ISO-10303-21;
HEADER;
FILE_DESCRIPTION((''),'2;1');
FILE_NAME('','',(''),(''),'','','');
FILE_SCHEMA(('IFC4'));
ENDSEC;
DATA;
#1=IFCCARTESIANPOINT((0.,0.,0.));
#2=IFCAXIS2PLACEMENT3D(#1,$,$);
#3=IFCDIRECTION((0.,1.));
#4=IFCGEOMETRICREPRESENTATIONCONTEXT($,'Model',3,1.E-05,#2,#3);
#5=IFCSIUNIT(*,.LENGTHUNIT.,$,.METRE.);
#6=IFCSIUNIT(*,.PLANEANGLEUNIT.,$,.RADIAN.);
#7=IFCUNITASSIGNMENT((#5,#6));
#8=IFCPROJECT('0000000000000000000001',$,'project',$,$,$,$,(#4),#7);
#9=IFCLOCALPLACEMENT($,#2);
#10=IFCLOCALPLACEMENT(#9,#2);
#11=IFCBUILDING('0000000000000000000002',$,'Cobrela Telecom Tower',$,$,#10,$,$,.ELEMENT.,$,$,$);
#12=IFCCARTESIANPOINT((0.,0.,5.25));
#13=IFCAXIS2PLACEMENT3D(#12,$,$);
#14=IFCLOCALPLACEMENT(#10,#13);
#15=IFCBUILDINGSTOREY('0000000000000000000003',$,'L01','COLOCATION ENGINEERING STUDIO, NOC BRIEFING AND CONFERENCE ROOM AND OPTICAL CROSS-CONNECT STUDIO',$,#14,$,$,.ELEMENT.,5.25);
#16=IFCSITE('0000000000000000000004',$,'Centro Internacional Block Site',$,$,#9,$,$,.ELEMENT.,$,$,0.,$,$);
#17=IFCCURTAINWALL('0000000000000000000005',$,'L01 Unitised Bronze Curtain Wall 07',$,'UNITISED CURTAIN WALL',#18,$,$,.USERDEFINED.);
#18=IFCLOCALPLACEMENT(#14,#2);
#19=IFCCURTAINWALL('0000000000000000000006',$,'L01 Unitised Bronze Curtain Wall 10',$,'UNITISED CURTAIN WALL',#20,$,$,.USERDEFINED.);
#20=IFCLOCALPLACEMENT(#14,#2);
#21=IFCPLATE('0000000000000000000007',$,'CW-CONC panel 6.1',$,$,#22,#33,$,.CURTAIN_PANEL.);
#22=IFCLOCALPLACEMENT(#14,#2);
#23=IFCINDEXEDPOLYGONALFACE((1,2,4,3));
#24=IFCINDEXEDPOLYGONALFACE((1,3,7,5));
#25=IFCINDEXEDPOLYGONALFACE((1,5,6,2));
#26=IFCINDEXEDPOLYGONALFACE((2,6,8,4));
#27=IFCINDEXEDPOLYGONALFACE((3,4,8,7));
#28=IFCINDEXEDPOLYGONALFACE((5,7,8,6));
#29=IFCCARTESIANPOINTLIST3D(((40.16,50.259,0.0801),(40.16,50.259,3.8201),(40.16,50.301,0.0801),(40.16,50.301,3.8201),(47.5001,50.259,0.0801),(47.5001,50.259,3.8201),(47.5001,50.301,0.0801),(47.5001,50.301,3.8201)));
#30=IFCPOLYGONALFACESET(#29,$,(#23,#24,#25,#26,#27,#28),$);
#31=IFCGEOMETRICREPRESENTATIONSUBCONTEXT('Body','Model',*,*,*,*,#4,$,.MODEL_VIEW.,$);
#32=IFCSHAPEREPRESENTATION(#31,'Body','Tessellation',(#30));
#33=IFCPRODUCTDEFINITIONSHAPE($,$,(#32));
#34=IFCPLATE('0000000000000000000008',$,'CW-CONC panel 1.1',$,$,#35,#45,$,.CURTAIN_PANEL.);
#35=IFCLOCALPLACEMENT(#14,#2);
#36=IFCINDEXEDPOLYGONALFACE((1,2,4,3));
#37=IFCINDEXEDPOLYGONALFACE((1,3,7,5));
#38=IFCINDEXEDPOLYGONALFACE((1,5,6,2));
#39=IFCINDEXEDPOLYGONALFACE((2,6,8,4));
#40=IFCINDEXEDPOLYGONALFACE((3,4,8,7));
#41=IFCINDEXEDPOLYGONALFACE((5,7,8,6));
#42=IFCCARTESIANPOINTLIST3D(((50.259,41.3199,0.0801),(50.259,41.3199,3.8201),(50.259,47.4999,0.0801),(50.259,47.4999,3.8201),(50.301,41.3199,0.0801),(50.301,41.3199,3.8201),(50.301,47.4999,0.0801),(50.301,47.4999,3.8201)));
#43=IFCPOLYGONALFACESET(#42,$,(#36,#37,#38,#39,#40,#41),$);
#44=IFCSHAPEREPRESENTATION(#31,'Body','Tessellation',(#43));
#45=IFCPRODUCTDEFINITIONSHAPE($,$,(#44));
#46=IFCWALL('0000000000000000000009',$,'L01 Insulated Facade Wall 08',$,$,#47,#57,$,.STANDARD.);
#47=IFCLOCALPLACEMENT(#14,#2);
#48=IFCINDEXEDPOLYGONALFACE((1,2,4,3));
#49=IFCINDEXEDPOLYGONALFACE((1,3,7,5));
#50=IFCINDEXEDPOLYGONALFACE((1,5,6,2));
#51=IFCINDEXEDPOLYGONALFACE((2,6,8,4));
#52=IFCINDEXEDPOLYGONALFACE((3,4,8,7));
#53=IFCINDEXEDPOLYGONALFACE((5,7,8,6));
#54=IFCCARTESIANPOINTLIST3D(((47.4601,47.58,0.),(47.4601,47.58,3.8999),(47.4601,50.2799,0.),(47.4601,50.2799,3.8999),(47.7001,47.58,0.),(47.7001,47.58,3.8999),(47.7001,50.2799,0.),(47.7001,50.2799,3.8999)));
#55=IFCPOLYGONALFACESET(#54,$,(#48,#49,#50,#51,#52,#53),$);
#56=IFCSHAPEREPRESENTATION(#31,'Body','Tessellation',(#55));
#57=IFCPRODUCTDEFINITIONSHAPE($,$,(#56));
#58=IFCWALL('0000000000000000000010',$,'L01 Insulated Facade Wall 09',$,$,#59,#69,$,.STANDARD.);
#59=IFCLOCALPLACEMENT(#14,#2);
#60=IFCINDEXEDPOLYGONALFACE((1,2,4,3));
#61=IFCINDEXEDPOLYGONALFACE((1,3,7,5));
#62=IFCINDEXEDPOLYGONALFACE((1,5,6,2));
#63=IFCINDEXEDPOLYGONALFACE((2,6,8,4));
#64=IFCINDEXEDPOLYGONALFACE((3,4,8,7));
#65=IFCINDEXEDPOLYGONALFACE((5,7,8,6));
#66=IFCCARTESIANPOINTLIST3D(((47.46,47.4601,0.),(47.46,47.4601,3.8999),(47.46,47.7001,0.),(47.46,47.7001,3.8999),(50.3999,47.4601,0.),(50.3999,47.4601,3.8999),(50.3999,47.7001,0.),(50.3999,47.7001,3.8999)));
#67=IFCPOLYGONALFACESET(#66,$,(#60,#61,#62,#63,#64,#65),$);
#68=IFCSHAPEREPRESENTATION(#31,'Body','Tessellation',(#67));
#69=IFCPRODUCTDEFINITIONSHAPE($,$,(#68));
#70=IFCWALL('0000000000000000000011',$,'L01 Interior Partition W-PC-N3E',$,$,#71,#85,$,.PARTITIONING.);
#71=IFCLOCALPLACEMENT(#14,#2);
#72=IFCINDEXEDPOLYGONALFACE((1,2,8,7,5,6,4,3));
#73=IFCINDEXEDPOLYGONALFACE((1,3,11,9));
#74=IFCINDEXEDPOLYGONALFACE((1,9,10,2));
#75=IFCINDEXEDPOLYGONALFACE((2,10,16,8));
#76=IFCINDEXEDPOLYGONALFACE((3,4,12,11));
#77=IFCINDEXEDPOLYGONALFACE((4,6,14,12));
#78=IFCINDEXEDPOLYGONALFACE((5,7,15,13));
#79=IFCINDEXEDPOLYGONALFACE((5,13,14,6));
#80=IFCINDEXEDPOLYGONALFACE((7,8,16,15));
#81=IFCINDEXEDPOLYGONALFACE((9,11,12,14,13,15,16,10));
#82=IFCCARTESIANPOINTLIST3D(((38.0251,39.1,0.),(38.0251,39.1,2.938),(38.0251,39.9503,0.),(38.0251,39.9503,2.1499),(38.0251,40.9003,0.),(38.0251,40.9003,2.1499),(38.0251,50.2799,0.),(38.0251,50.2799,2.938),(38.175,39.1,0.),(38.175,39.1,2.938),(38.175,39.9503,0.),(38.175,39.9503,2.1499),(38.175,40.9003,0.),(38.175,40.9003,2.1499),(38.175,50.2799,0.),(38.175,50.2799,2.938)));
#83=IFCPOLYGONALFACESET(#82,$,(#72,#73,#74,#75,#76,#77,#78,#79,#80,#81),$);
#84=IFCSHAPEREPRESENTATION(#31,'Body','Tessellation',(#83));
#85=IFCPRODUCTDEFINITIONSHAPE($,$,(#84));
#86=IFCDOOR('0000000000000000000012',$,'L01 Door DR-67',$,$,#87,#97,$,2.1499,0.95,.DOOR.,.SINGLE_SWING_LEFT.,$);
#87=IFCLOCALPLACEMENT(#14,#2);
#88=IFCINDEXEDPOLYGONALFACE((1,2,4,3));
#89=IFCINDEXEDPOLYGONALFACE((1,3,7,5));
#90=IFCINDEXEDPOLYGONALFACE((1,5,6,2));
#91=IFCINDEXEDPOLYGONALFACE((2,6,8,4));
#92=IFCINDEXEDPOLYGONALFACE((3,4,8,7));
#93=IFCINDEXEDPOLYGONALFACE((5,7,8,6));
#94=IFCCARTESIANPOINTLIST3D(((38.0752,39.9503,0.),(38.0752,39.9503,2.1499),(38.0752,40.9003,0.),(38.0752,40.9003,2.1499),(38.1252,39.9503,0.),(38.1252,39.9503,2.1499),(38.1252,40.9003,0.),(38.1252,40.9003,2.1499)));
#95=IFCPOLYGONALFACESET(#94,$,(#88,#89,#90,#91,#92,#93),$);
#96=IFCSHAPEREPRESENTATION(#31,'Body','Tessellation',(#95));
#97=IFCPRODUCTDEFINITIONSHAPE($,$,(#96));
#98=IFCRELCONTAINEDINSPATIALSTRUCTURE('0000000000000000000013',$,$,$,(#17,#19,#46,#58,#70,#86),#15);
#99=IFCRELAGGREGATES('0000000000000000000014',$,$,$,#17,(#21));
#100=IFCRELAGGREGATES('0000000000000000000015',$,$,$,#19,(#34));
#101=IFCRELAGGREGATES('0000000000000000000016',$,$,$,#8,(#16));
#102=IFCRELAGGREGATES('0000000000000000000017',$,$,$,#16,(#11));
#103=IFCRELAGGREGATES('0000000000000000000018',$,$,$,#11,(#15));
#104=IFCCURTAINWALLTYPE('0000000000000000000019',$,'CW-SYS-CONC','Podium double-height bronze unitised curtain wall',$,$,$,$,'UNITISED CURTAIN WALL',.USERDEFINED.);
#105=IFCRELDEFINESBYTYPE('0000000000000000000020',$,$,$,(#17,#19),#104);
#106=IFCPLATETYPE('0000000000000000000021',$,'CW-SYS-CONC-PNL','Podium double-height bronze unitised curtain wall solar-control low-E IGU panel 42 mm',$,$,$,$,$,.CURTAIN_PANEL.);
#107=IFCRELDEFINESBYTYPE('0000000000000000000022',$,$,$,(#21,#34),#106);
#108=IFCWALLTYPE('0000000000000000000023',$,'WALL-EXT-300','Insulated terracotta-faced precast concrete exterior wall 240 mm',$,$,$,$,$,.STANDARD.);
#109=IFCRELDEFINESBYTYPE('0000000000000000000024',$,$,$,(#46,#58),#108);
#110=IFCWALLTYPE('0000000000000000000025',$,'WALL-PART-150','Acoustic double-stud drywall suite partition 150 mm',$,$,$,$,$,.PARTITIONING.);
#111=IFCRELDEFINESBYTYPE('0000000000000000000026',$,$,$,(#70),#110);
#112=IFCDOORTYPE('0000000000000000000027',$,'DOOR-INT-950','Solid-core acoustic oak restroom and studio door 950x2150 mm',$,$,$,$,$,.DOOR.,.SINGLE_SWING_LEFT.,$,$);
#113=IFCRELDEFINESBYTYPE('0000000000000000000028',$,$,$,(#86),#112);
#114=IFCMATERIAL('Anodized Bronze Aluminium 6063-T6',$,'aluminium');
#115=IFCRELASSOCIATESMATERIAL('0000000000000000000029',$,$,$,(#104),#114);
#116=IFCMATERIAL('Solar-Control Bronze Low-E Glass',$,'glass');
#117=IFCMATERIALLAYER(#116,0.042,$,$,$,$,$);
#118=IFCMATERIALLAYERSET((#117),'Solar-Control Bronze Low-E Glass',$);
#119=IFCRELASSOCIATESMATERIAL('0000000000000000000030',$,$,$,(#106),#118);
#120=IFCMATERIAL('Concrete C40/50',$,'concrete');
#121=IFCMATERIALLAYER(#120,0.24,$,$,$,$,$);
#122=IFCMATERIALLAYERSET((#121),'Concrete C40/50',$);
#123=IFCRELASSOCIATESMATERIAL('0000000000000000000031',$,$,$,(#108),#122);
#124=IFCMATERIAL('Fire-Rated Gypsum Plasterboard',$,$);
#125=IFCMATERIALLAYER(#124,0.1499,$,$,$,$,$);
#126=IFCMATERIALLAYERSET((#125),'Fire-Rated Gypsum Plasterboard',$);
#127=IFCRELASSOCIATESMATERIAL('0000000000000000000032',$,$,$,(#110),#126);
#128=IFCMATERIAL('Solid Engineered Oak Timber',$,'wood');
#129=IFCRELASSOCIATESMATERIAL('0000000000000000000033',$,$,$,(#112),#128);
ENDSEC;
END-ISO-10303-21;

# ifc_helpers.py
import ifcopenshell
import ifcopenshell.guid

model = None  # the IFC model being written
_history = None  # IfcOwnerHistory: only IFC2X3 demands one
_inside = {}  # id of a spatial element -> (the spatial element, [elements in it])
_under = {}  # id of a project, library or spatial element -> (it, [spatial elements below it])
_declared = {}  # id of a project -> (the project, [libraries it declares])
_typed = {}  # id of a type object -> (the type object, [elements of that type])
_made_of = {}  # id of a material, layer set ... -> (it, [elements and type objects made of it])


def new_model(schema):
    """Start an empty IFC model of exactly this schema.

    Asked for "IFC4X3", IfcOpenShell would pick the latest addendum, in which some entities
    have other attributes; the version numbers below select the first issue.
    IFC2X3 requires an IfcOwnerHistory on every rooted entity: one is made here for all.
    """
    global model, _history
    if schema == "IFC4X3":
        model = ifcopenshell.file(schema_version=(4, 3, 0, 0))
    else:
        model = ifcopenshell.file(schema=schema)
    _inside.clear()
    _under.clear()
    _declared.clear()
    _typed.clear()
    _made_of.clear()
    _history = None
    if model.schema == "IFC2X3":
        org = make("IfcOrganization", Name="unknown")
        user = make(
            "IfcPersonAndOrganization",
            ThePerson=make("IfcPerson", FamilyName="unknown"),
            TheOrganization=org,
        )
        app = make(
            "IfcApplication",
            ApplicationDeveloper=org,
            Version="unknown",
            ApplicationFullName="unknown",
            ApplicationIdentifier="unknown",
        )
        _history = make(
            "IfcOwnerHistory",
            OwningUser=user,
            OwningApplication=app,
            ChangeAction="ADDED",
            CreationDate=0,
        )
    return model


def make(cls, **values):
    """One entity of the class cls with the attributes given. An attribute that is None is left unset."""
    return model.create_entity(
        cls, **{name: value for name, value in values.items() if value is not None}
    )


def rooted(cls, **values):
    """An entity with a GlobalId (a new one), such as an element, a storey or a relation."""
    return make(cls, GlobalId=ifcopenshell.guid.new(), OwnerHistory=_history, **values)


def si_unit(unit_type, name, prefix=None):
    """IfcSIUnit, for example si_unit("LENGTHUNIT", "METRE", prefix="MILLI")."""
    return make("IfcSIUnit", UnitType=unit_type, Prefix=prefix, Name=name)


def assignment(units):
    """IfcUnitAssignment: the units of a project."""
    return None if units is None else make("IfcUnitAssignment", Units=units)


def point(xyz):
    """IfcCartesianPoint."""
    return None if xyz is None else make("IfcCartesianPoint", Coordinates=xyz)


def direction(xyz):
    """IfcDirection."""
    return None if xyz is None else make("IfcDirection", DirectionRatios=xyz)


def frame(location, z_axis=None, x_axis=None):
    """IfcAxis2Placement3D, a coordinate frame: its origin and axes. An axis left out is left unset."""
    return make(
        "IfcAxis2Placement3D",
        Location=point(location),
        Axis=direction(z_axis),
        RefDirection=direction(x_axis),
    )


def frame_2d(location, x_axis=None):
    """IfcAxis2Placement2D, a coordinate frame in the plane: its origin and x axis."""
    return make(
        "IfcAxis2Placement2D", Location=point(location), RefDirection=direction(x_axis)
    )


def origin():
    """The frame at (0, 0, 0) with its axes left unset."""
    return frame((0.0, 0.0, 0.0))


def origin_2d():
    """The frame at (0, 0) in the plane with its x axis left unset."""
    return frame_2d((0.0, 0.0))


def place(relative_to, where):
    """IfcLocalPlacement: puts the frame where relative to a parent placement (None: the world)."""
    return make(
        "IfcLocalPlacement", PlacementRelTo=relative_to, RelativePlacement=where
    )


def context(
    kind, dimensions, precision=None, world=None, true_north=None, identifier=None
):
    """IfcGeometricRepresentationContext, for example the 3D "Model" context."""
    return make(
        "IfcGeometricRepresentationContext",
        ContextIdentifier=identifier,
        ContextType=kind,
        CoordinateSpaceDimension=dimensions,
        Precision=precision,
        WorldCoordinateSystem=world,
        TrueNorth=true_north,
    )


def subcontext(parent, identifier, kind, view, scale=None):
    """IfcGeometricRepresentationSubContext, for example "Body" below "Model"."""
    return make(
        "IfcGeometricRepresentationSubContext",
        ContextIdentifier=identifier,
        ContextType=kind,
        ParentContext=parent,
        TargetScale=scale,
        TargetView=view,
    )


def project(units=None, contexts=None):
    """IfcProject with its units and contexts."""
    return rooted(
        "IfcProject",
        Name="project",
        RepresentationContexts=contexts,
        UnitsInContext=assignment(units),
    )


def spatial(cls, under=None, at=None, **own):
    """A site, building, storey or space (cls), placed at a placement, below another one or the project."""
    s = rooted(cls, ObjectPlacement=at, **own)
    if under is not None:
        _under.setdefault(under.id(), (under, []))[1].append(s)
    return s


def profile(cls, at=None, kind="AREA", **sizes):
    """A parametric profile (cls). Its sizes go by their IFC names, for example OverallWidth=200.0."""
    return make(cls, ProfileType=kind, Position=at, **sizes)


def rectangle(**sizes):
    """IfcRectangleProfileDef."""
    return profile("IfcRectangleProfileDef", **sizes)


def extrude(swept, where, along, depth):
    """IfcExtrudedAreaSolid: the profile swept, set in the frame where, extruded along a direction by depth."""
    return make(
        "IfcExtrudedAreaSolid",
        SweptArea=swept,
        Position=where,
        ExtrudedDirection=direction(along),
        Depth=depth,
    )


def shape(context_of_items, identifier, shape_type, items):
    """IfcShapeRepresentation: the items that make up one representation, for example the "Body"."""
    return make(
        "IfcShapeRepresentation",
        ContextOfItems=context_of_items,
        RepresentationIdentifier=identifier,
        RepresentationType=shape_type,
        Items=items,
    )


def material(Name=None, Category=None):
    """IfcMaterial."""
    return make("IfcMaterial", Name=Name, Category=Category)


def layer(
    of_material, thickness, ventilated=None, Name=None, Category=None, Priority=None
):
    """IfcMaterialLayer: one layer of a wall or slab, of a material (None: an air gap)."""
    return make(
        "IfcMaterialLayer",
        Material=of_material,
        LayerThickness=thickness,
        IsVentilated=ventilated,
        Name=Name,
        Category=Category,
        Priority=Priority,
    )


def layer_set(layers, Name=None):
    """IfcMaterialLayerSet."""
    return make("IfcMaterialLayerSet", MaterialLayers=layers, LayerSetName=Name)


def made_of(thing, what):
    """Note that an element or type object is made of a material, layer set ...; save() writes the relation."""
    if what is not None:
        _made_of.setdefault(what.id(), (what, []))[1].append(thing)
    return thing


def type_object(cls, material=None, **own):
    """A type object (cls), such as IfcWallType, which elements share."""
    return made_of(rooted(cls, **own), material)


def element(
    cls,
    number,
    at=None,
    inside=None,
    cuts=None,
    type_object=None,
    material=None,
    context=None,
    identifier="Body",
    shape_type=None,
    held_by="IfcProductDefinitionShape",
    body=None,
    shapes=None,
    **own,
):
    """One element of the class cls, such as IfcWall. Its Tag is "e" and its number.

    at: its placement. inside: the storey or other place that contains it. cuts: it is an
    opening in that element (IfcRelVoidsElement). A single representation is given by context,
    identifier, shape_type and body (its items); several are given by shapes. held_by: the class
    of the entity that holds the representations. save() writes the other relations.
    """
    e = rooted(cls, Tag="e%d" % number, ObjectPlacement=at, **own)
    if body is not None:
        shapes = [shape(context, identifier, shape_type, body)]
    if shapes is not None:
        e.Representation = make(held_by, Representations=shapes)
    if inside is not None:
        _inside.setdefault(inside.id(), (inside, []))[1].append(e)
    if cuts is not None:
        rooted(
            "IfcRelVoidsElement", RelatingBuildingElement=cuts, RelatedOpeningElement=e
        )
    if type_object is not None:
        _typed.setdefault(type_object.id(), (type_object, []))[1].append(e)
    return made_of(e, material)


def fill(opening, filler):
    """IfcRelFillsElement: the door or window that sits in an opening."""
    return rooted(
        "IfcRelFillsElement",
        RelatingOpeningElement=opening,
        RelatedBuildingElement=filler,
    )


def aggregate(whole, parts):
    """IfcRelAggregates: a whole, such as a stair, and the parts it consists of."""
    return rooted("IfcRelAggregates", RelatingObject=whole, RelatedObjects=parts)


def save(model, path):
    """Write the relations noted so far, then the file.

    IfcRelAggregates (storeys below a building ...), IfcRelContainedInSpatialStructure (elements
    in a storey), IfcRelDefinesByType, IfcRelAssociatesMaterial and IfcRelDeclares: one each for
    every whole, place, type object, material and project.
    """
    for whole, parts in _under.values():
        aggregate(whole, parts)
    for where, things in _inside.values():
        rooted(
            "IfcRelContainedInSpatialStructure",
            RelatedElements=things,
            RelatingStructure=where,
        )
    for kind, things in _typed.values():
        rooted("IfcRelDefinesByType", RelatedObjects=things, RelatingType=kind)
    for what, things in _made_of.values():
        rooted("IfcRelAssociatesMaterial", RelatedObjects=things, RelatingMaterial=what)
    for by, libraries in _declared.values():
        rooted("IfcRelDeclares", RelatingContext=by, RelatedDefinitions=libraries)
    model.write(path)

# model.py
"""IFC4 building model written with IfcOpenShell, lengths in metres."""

from ifc_helpers import new_model, si_unit, direction, frame, frame_2d, origin, origin_2d, place, context, subcontext, project, spatial, rectangle, extrude, material, layer, layer_set, type_object, element, fill, aggregate, save


model = new_model("IFC4")

# Units and contexts
model_context = context("Model", 3, precision=1e-05, world=origin(), true_north=direction((0.0, 1.0)))
body_context = subcontext(model_context, "Body", "Model", "MODEL_VIEW")
ifc_project = project(units=[si_unit("LENGTHUNIT", "METRE"), si_unit("PLANEANGLEUNIT", "RADIAN")], contexts=[model_context])

# Site, building, storey
site_placement = place(None, origin())
site = spatial("IfcSite", under=ifc_project, at=site_placement, Name="Centro Internacional Block Site", CompositionType="ELEMENT", RefElevation=0.0)
building_placement = place(site_placement, origin())
building = spatial("IfcBuilding", under=site, at=building_placement, Name="Cobrela Telecom Tower", CompositionType="ELEMENT")
storey_placement = place(building_placement, frame((0.0, 0.0, 5.25)))
storey = spatial("IfcBuildingStorey", under=building, at=storey_placement, Name="L01", Description="COLOCATION ENGINEERING STUDIO, NOC BRIEFING AND CONFERENCE ROOM AND OPTICAL CROSS-CONNECT STUDIO", CompositionType="ELEMENT", Elevation=5.25)

# Shared definitions
ifc_material_1 = material(Name="Concrete C40/50", Category="concrete")

# Curtain walls
ifc_material_2 = material(Name="Anodized Bronze Aluminium 6063-T6", Category="aluminium")
curtain_wall_type = type_object("IfcCurtainWallType", Name="CW-SYS-CONC", Description="Podium double-height bronze unitised curtain wall", ElementType="UNITISED CURTAIN WALL", PredefinedType="USERDEFINED", material=ifc_material_2)
curtain_wall_1_placement = place(storey_placement, origin())
curtain_wall_1 = element("IfcCurtainWall", 1, at=curtain_wall_1_placement, inside=storey, type_object=curtain_wall_type, Name="L01 Unitised Bronze Curtain Wall 07", ObjectType="UNITISED CURTAIN WALL", PredefinedType="USERDEFINED")
curtain_wall_2_placement = place(storey_placement, origin())
curtain_wall_2 = element("IfcCurtainWall", 2, at=curtain_wall_2_placement, inside=storey, type_object=curtain_wall_type, Name="L01 Unitised Bronze Curtain Wall 10", ObjectType="UNITISED CURTAIN WALL", PredefinedType="USERDEFINED")

# Plates
ifc_material_3 = material(Name="Solar-Control Bronze Low-E Glass", Category="glass")
ifc_layer_1 = layer(ifc_material_3, 0.042)
ifc_layer_set_1 = layer_set([ifc_layer_1], Name="Solar-Control Bronze Low-E Glass")
plate_type = type_object("IfcPlateType", Name="CW-SYS-CONC-PNL", Description="Podium double-height bronze unitised curtain wall solar-control low-E IGU panel 42 mm", PredefinedType="CURTAIN_PANEL", material=ifc_layer_set_1)
plate_1_placement = place(storey_placement, frame((43.8301, 50.28, 0.0801), z_axis=(0.0, 0.0, 1.0), x_axis=(1.0, 0.0, 0.0)))
plate_1 = element("IfcPlate", 3, at=plate_1_placement, type_object=plate_type, Name="CW-CONC panel 6.1", PredefinedType="CURTAIN_PANEL", context=body_context, shape_type="SweptSolid", body=[
    extrude(rectangle(XDim=7.3401, YDim=0.042, at=origin_2d()), origin(), (0.0, 0.0, 1.0), 3.74),
])
aggregate(curtain_wall_1, [plate_1])
plate_2_placement = place(storey_placement, frame((50.28, 44.4099, 0.0801), z_axis=(0.0, 0.0, 1.0), x_axis=(0.0, -1.0, 0.0)))
plate_2 = element("IfcPlate", 4, at=plate_2_placement, type_object=plate_type, Name="CW-CONC panel 1.1", PredefinedType="CURTAIN_PANEL", context=body_context, shape_type="SweptSolid", body=[
    extrude(rectangle(XDim=6.1799, YDim=0.042, at=origin_2d()), origin(), (0.0, 0.0, 1.0), 3.74),
])
aggregate(curtain_wall_2, [plate_2])

# Walls
ifc_layer_2 = layer(ifc_material_1, 0.24)
ifc_layer_set_2 = layer_set([ifc_layer_2], Name="Concrete C40/50")
wall_type_1 = type_object("IfcWallType", Name="WALL-EXT-300", Description="Insulated terracotta-faced precast concrete exterior wall 240 mm", PredefinedType="STANDARD", material=ifc_layer_set_2)
wall_1_placement = place(storey_placement, frame((47.5801, 50.28, 0.0), z_axis=(0.0, 0.0, 1.0), x_axis=(0.0, -1.0, 0.0)))
element("IfcWall", 5, at=wall_1_placement, inside=storey, type_object=wall_type_1, Name="L01 Insulated Facade Wall 08", PredefinedType="STANDARD", context=body_context, shape_type="SweptSolid", body=[
    extrude(rectangle(XDim=2.7, YDim=0.24, at=frame_2d((1.3501, 0.0))), origin(), (0.0, 0.0, 1.0), 3.8999),
])
wall_2_placement = place(storey_placement, frame((47.46, 47.5801, 0.0), z_axis=(0.0, 0.0, 1.0), x_axis=(1.0, 0.0, 0.0)))
element("IfcWall", 6, at=wall_2_placement, inside=storey, type_object=wall_type_1, Name="L01 Insulated Facade Wall 09", PredefinedType="STANDARD", context=body_context, shape_type="SweptSolid", body=[
    extrude(rectangle(XDim=2.9399, YDim=0.24, at=frame_2d((1.47, 0.0))), origin(), (0.0, 0.0, 1.0), 3.8999),
])

# Wall, opening, door
ifc_material_4 = material(Name="Fire-Rated Gypsum Plasterboard")
ifc_layer_3 = layer(ifc_material_4, 0.1499)
ifc_layer_set_3 = layer_set([ifc_layer_3], Name="Fire-Rated Gypsum Plasterboard")
wall_type_2 = type_object("IfcWallType", Name="WALL-PART-150", Description="Acoustic double-stud drywall suite partition 150 mm", PredefinedType="PARTITIONING", material=ifc_layer_set_3)
wall_3_placement = place(storey_placement, frame((38.1001, 39.1001, 0.0), z_axis=(0.0, 0.0, 1.0), x_axis=(0.0, 1.0, 0.0)))
wall_3 = element("IfcWall", 7, at=wall_3_placement, inside=storey, type_object=wall_type_2, Name="L01 Interior Partition W-PC-N3E", PredefinedType="PARTITIONING", context=body_context, shape_type="SweptSolid", body=[
    extrude(rectangle(XDim=11.1799, YDim=0.1499, at=frame_2d((5.5898, 0.0))), origin(), (0.0, 0.0, 1.0), 2.938),
])
opening_placement = place(wall_3_placement, frame((0.8501, 0.0, 0.0)))
opening = element("IfcOpeningElement", 8, at=opening_placement, cuts=wall_3, PredefinedType="OPENING", context=body_context, shape_type="SweptSolid", body=[
    extrude(rectangle(XDim=0.95, YDim=2.1499, at=frame_2d((0.4751, 1.075))), frame((0.0, 0.0869, 0.0), z_axis=(0.0, -1.0, 0.0), x_axis=(1.0, 0.0, 0.0)), (0.0, 0.0, 1.0), 0.1738),
])
ifc_material_5 = material(Name="Solid Engineered Oak Timber", Category="wood")
door_type = type_object("IfcDoorType", Name="DOOR-INT-950", Description="Solid-core acoustic oak restroom and studio door 950x2150 mm", OperationType="SINGLE_SWING_LEFT", PredefinedType="DOOR", material=ifc_material_5)
door_placement = place(opening_placement, origin())
door = element("IfcDoor", 9, at=door_placement, inside=storey, type_object=door_type, Name="L01 Door DR-67", OperationType="SINGLE_SWING_LEFT", OverallHeight=2.1499, OverallWidth=0.95, PredefinedType="DOOR", context=body_context, shape_type="SweptSolid", body=[
    extrude(rectangle(XDim=0.95, YDim=2.1499, at=frame_2d((0.4751, 1.075))), frame((0.0, 0.0249, 0.0), z_axis=(0.0, -1.0, 0.0), x_axis=(1.0, 0.0, 0.0)), (0.0, 0.0, 1.0), 0.05),
])
fill(opening, door)

save(model, "model.ifc")
